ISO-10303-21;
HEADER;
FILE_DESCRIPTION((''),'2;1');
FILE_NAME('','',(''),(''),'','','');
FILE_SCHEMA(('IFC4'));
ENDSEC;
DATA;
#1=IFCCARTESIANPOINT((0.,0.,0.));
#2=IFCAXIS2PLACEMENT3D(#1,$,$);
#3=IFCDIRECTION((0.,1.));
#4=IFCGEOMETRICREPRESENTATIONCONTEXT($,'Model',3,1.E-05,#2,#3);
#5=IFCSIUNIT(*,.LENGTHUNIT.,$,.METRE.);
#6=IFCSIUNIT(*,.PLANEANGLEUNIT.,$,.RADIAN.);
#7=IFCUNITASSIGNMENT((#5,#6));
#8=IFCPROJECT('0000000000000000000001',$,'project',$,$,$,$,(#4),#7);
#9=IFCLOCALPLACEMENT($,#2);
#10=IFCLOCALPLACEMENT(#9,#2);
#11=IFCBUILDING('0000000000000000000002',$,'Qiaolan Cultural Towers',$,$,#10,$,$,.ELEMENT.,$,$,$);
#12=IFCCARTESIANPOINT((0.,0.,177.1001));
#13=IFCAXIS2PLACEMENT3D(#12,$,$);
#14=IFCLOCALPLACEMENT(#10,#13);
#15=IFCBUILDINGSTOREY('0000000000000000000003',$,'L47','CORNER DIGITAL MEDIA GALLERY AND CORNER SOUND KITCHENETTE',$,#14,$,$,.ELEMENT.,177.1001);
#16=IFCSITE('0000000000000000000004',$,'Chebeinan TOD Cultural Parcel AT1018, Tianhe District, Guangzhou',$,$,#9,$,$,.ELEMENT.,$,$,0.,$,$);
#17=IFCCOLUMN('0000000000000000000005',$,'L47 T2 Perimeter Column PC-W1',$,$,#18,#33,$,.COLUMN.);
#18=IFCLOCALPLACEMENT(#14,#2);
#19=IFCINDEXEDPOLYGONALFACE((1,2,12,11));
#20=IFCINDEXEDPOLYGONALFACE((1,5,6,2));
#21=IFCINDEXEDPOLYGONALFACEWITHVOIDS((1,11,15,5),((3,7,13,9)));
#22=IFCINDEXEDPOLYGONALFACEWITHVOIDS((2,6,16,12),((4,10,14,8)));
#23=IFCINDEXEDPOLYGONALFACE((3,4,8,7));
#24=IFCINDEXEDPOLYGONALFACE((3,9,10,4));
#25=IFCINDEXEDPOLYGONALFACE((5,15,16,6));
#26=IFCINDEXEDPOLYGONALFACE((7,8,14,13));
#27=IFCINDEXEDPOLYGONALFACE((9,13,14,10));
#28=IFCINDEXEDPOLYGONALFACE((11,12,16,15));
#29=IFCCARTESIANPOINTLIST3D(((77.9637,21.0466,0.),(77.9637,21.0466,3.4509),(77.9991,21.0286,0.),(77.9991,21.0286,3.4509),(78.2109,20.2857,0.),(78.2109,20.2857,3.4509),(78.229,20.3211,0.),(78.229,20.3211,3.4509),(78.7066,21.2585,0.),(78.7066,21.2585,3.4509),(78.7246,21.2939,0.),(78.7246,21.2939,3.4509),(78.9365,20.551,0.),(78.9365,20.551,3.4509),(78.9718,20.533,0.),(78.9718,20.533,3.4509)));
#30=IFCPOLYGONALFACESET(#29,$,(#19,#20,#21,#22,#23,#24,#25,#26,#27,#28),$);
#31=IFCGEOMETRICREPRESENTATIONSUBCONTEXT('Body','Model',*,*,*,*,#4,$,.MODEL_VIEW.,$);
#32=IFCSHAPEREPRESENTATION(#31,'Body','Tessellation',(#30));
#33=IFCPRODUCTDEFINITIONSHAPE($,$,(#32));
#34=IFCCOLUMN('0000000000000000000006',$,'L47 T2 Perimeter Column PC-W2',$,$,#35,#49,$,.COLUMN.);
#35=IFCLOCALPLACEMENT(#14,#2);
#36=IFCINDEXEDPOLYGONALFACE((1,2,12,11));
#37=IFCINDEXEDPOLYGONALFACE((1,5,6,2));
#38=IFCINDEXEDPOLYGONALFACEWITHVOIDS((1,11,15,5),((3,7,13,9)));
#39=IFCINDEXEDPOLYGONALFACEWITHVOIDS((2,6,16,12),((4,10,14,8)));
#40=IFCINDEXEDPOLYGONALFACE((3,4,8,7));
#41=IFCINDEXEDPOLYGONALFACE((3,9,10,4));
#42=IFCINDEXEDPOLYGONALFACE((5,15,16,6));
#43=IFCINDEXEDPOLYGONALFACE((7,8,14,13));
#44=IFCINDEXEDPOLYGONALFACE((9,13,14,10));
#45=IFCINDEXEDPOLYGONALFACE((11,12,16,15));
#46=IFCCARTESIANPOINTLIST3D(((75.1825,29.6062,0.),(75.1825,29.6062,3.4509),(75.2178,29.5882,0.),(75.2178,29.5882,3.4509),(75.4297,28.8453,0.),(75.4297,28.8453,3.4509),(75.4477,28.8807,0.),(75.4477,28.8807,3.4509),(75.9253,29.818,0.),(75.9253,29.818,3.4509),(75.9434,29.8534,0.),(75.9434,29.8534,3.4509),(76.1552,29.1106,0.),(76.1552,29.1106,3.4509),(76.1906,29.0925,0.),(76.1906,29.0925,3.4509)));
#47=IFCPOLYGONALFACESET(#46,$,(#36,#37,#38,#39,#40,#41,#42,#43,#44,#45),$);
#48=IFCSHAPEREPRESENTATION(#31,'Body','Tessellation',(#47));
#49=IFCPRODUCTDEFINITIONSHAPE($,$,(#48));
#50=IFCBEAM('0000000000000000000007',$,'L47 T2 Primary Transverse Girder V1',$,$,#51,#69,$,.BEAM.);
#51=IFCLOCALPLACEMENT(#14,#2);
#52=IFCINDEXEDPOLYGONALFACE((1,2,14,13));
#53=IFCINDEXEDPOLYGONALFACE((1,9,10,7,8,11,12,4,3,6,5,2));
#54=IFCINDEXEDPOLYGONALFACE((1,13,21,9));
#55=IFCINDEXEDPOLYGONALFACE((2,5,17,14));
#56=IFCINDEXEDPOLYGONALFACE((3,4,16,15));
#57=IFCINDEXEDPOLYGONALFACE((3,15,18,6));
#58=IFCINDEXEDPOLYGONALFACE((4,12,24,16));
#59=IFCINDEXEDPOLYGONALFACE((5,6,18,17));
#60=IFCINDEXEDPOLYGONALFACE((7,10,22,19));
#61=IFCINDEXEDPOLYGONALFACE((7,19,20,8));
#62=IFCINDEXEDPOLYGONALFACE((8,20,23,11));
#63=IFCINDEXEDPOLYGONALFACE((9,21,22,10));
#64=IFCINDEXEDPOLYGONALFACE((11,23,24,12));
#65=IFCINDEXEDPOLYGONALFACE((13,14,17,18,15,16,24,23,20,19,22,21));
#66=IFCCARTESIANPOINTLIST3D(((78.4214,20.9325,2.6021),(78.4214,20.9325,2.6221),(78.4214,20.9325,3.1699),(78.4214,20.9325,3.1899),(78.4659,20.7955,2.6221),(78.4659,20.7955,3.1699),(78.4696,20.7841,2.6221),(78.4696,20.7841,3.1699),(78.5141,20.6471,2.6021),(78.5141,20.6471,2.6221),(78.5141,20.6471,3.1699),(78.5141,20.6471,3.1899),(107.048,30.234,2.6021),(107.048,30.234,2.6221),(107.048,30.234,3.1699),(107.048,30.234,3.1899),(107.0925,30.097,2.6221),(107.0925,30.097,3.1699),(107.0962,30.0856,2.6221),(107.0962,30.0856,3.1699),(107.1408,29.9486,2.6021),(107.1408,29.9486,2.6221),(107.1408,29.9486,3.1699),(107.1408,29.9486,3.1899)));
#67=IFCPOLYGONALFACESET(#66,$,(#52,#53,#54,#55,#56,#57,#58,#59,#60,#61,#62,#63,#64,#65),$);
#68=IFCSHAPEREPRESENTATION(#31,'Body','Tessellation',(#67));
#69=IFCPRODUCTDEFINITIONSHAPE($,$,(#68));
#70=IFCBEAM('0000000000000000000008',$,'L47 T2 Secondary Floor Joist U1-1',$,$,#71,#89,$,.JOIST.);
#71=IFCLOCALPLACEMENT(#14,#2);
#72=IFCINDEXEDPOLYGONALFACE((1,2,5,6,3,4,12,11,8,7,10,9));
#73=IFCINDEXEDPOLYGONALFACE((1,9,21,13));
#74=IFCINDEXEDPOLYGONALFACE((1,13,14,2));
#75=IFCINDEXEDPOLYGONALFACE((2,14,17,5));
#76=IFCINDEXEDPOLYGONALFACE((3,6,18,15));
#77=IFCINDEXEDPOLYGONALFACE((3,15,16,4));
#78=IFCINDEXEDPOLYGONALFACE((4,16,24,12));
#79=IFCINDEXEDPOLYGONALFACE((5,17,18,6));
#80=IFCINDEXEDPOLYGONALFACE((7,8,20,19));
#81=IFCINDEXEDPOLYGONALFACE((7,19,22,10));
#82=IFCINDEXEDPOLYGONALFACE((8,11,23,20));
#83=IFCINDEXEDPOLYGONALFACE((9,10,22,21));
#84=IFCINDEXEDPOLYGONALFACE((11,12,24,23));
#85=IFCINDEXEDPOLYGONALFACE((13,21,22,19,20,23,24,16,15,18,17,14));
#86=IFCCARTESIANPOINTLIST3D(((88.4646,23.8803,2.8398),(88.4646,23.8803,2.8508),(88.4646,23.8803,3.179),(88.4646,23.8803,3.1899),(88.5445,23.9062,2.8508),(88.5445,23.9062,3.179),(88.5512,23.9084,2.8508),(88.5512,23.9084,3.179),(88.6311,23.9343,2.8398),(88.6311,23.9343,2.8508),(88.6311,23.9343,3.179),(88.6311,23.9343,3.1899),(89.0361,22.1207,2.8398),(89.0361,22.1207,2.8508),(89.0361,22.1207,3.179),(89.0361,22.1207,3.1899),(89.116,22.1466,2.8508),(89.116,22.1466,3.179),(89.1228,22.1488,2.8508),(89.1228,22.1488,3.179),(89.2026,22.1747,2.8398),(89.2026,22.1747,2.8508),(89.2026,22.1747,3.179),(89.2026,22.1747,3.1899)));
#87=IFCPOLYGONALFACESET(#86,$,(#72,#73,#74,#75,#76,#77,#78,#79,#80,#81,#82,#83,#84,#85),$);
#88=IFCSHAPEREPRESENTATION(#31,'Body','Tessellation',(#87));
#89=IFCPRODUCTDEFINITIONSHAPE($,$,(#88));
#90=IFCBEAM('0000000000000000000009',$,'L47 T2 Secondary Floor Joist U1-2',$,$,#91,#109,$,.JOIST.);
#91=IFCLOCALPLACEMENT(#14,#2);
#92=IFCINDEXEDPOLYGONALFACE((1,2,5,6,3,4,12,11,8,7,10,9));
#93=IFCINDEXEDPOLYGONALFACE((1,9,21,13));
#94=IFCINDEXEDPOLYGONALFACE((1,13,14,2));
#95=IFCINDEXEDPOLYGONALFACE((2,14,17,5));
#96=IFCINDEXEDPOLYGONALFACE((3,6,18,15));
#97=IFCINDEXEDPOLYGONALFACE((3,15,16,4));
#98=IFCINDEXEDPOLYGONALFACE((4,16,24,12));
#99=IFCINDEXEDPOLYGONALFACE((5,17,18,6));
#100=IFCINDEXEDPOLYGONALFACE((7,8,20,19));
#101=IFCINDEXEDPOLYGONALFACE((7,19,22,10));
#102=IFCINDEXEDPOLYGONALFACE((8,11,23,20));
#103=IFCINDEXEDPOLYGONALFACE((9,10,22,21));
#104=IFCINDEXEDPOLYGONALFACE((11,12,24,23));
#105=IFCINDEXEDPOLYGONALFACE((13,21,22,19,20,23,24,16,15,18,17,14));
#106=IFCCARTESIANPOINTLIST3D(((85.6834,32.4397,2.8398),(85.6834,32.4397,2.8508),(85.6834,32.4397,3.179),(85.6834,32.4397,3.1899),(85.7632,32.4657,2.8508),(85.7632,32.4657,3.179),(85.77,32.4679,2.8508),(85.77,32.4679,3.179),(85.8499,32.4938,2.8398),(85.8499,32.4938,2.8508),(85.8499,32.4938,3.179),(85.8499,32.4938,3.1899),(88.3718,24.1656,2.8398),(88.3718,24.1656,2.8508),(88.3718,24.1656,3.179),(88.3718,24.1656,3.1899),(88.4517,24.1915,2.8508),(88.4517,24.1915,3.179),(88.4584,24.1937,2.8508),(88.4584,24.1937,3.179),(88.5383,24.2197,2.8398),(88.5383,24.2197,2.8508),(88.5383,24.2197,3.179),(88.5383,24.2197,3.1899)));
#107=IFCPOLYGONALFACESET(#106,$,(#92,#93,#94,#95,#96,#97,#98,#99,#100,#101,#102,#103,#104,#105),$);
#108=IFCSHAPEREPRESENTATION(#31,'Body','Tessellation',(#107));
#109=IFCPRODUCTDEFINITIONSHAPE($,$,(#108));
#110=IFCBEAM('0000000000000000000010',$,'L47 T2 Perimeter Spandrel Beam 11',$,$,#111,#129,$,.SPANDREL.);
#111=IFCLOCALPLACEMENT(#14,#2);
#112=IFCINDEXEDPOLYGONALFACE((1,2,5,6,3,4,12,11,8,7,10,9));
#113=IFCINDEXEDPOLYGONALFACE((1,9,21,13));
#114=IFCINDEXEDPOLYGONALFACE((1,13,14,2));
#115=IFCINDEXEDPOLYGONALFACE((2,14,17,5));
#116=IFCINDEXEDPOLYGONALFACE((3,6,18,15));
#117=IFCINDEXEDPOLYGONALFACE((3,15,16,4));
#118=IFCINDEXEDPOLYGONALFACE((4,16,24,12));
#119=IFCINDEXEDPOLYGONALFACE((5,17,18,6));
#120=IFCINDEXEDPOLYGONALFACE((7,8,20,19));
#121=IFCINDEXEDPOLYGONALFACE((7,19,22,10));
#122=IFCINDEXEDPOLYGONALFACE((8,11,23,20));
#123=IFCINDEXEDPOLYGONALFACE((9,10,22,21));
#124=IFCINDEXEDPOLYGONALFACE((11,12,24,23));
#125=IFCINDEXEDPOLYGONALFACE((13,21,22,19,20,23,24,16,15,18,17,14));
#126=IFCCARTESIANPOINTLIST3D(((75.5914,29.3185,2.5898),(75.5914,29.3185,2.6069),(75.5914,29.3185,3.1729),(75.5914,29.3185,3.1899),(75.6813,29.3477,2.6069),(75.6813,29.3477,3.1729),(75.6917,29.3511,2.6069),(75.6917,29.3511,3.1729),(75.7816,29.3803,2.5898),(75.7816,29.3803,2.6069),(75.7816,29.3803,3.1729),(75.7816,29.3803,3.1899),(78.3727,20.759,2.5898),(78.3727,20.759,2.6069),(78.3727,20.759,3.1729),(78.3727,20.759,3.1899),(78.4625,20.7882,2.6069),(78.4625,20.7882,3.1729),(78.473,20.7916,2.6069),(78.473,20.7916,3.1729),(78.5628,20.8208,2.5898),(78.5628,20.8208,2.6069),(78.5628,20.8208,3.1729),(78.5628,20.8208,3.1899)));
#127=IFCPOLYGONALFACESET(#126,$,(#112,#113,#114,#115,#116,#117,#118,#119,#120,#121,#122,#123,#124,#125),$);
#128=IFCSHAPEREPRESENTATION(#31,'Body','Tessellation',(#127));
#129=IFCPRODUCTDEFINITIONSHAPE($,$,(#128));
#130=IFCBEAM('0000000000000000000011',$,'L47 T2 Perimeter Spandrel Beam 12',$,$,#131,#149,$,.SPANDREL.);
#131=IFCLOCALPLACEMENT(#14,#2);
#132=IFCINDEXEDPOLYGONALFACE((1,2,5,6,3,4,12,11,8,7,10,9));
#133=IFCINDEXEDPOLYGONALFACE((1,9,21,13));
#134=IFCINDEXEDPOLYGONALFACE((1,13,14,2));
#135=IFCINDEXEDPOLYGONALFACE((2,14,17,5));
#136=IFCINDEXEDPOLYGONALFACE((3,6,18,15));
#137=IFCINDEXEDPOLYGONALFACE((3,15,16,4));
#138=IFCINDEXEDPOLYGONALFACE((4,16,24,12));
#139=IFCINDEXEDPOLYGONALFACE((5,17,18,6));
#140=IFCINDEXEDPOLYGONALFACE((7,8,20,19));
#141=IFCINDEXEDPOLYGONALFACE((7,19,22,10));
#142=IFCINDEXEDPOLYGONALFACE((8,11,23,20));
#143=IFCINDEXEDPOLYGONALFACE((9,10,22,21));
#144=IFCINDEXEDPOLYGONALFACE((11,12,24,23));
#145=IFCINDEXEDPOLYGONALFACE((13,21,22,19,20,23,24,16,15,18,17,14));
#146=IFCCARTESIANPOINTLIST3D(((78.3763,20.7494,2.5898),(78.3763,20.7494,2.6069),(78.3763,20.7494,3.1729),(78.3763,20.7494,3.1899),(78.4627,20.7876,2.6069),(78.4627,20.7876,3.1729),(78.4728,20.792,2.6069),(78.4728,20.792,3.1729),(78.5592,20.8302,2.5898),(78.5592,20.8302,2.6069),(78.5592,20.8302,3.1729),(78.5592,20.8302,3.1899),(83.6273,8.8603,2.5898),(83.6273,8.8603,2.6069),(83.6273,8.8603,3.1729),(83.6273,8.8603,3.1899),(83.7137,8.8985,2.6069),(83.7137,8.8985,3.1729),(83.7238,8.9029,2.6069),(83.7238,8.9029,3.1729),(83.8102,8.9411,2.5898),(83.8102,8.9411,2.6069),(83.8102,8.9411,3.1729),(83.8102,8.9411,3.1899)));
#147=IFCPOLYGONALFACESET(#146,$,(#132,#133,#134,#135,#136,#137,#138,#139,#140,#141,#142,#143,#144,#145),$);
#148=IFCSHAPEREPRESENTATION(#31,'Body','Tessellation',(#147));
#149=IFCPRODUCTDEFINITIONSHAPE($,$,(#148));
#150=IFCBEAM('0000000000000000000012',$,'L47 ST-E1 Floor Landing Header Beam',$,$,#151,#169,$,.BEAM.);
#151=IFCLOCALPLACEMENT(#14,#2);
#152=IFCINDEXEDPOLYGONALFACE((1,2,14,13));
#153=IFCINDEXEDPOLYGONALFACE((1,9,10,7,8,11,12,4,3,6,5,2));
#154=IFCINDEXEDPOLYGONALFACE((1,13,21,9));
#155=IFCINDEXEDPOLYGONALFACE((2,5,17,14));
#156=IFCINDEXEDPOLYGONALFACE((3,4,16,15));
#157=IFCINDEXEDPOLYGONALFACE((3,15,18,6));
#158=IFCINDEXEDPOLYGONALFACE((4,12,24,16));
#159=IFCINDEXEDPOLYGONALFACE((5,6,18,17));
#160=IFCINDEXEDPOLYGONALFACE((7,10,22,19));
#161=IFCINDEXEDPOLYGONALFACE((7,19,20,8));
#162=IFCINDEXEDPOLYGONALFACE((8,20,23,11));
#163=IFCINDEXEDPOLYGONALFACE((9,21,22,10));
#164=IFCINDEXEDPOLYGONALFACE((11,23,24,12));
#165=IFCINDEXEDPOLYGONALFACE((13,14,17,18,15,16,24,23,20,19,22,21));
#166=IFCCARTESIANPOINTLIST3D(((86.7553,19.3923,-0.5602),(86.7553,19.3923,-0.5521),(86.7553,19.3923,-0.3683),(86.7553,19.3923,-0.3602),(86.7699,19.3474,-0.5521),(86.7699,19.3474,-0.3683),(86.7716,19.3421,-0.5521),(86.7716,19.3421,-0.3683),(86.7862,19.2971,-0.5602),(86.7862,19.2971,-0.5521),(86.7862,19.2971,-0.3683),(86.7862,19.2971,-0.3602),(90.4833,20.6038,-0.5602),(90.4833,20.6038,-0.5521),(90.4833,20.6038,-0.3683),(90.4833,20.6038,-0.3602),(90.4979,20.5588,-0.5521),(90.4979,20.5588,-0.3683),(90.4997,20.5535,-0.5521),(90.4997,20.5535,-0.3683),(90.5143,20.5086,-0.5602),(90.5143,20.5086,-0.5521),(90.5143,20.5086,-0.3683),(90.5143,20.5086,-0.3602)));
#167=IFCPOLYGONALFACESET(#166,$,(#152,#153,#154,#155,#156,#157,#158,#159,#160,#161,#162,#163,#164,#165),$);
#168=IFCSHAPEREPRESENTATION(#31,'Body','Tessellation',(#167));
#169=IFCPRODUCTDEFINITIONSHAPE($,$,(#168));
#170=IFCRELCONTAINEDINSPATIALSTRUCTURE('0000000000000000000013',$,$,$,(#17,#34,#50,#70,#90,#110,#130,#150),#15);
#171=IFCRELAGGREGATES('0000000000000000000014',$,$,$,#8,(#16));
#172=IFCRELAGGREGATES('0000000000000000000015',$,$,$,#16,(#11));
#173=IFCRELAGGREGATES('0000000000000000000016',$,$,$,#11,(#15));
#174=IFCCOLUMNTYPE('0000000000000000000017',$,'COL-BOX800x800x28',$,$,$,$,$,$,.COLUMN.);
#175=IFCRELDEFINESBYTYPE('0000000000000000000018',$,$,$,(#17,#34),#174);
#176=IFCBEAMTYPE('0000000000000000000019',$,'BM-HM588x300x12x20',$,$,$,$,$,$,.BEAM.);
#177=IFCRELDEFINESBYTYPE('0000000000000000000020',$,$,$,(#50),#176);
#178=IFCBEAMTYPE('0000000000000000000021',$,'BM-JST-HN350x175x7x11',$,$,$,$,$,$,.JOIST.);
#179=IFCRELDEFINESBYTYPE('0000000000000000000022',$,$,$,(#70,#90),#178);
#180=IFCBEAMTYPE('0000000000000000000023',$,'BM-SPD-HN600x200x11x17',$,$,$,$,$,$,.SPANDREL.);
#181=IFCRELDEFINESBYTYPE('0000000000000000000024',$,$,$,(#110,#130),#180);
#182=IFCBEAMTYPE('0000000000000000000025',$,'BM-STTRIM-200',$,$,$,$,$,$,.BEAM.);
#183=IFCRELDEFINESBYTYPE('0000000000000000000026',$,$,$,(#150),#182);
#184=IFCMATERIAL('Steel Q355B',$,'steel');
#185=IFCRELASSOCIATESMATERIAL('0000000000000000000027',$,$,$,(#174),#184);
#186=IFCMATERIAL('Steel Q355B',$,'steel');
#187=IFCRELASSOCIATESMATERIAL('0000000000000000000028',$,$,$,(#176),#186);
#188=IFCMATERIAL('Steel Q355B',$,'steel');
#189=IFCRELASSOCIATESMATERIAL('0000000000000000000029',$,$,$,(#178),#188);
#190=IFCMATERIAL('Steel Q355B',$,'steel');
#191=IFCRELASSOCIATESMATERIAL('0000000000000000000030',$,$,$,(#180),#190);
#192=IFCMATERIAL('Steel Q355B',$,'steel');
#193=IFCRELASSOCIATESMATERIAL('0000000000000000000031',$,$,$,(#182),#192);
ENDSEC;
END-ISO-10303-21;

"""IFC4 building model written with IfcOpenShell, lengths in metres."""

from ifc_helpers import new_model, si_unit, direction, frame, origin, origin_2d, place, context, subcontext, project, spatial, hollow_rectangle, i_section, extrude, material, material_profile, profile_set, type_object, element, save


model = new_model("IFC4")

# Units and contexts
model_context = context("Model", 3, precision=1e-05, world=origin(), true_north=direction((0.0, 1.0)))
body_context = subcontext(model_context, "Body", "Model", "MODEL_VIEW")
ifc_project = project(units=[si_unit("LENGTHUNIT", "METRE"), si_unit("PLANEANGLEUNIT", "RADIAN")], contexts=[model_context])

# Site, building, storey
site_placement = place(None, origin())
site = spatial("IfcSite", under=ifc_project, at=site_placement, Name="Chebeinan TOD Cultural Parcel AT1018, Tianhe District, Guangzhou", CompositionType="ELEMENT", RefElevation=0.0)
building_placement = place(site_placement, origin())
building = spatial("IfcBuilding", under=site, at=building_placement, Name="Qiaolan Cultural Towers", CompositionType="ELEMENT")
storey_placement = place(building_placement, frame((0.0, 0.0, 177.1001)))
storey = spatial("IfcBuildingStorey", under=building, at=storey_placement, Name="L47", Description="CORNER DIGITAL MEDIA GALLERY AND CORNER SOUND KITCHENETTE", CompositionType="ELEMENT", Elevation=177.1001)

# Columns
ifc_material_1 = material(Name="Steel Q355B", Category="steel")
ifc_material_profile_1 = material_profile(ifc_material_1, hollow_rectangle(XDim=0.8, YDim=0.8, WallThickness=0.0281, at=origin_2d()), Name="BOX800x800x28")
ifc_profile_set_1 = profile_set([ifc_material_profile_1], Name="Steel Q355B")
column_type = type_object("IfcColumnType", Name="COL-BOX800x800x28", PredefinedType="COLUMN", material=ifc_profile_set_1)
for number, where, z_axis, x_axis, name in (
    (1, (78.4678, 20.7898, 0.0), (0.0, 0.0, 1.0), (0.951057, 0.309017, 0.0), "L47 T2 Perimeter Column PC-W1"),
    (2, (75.6865, 29.3494, 0.0), (0.0, 0.0, 1.0), (0.951057, 0.309017, 0.0), "L47 T2 Perimeter Column PC-W2"),
):
    element("IfcColumn", number, at=place(storey_placement, frame(where, z_axis=z_axis, x_axis=x_axis)), inside=storey, type_object=column_type, Name=name, PredefinedType="COLUMN", context=body_context, shape_type="SweptSolid", body=[
        extrude(hollow_rectangle(XDim=0.8, YDim=0.8, WallThickness=0.0281, at=origin_2d()), origin(), (0.0, 0.0, 1.0), 3.4509),
    ])

# Beams
ifc_material_2 = material(Name="Steel Q355B", Category="steel")
ifc_material_profile_2 = material_profile(ifc_material_2, i_section(OverallWidth=0.3, OverallDepth=0.5879, WebThickness=0.012, FlangeThickness=0.02, at=origin_2d()), Name="HM588x300x12x20")
ifc_profile_set_2 = profile_set([ifc_material_profile_2], Name="Steel Q355B")
beam_type_1 = type_object("IfcBeamType", Name="BM-HM588x300x12x20", PredefinedType="BEAM", material=ifc_profile_set_2)
beam_1_placement = place(storey_placement, frame((78.4678, 20.7898, 2.896), z_axis=(0.951055, 0.309021, 0.0), x_axis=(-0.309021, 0.951055, 0.0)))
element("IfcBeam", 3, at=beam_1_placement, inside=storey, type_object=beam_type_1, Name="L47 T2 Primary Transverse Girder V1", PredefinedType="BEAM", context=body_context, shape_type="SweptSolid", body=[
    extrude(i_section(OverallWidth=0.3, OverallDepth=0.5879, WebThickness=0.012, FlangeThickness=0.02, at=origin_2d()), origin(), (0.0, 0.0, 1.0), 30.0999),
])
ifc_material_3 = material(Name="Steel Q355B", Category="steel")
ifc_material_profile_3 = material_profile(ifc_material_3, i_section(OverallWidth=0.175, OverallDepth=0.3501, WebThickness=0.0071, FlangeThickness=0.011, at=origin_2d()), Name="HN350x175x7x11")
ifc_profile_set_3 = profile_set([ifc_material_profile_3], Name="Steel Q355B")
beam_type_2 = type_object("IfcBeamType", Name="BM-JST-HN350x175x7x11", PredefinedType="JOIST", material=ifc_profile_set_3)
beam_2_placement = place(storey_placement, frame((89.1194, 22.1477, 3.0149), z_axis=(-0.308934, 0.951084, 0.0), x_axis=(-0.951084, -0.308934, 0.0)))
element("IfcBeam", 4, at=beam_2_placement, inside=storey, type_object=beam_type_2, Name="L47 T2 Secondary Floor Joist U1-1", PredefinedType="JOIST", context=body_context, shape_type="SweptSolid", body=[
    extrude(i_section(OverallWidth=0.175, OverallDepth=0.3501, WebThickness=0.0071, FlangeThickness=0.011, at=origin_2d()), origin(), (0.0, 0.0, 1.0), 1.8501),
])
beam_3_placement = place(storey_placement, frame((88.4551, 24.1926, 3.0149), z_axis=(-0.309021, 0.951055, 0.0), x_axis=(-0.951055, -0.309021, 0.0)))
element("IfcBeam", 5, at=beam_3_placement, inside=storey, type_object=beam_type_2, Name="L47 T2 Secondary Floor Joist U1-2", PredefinedType="JOIST", context=body_context, shape_type="SweptSolid", body=[
    extrude(i_section(OverallWidth=0.175, OverallDepth=0.3501, WebThickness=0.0071, FlangeThickness=0.011, at=origin_2d()), origin(), (0.0, 0.0, 1.0), 8.7),
])
ifc_material_4 = material(Name="Steel Q355B", Category="steel")
ifc_material_profile_4 = material_profile(ifc_material_4, i_section(OverallWidth=0.2, OverallDepth=0.6001, WebThickness=0.011, FlangeThickness=0.0171, at=origin_2d()), Name="HN600x200x11x17")
ifc_profile_set_4 = profile_set([ifc_material_profile_4], Name="Steel Q355B")
beam_type_3 = type_object("IfcBeamType", Name="BM-SPD-HN600x200x11x17", PredefinedType="SPANDREL", material=ifc_profile_set_4)
beam_4_placement = place(storey_placement, frame((75.6865, 29.3494, 2.8899), z_axis=(0.309025, -0.951054, 0.0), x_axis=(0.951054, 0.309025, 0.0)))
element("IfcBeam", 6, at=beam_4_placement, inside=storey, type_object=beam_type_3, Name="L47 T2 Perimeter Spandrel Beam 11", PredefinedType="SPANDREL", context=body_context, shape_type="SweptSolid", body=[
    extrude(i_section(OverallWidth=0.2, OverallDepth=0.6001, WebThickness=0.011, FlangeThickness=0.0171, at=origin_2d()), origin(), (0.0, 0.0, 1.0), 9.0),
])
beam_5_placement = place(storey_placement, frame((78.4678, 20.7898, 2.8899), z_axis=(0.404011, -0.914754, 0.0), x_axis=(0.914754, 0.404011, 0.0)))
element("IfcBeam", 7, at=beam_5_placement, inside=storey, type_object=beam_type_3, Name="L47 T2 Perimeter Spandrel Beam 12", PredefinedType="SPANDREL", context=body_context, shape_type="SweptSolid", body=[
    extrude(i_section(OverallWidth=0.2, OverallDepth=0.6001, WebThickness=0.011, FlangeThickness=0.0171, at=origin_2d()), origin(), (0.0, 0.0, 1.0), 12.9971),
])
ifc_material_5 = material(Name="Steel Q355B", Category="steel")
ifc_material_profile_5 = material_profile(ifc_material_5, i_section(OverallWidth=0.1001, OverallDepth=0.2, WebThickness=0.0056, FlangeThickness=0.0081, at=origin_2d()), Name="HN200x100x5.5x8")
ifc_profile_set_5 = profile_set([ifc_material_profile_5], Name="Steel Q355B")
beam_type_4 = type_object("IfcBeamType", Name="BM-STTRIM-200", PredefinedType="BEAM", material=ifc_profile_set_5)
beam_6_placement = place(storey_placement, frame((86.7708, 19.3447, -0.4602), z_axis=(0.951048, 0.309044, 0.0), x_axis=(-0.309044, 0.951048, 0.0)))
element("IfcBeam", 8, at=beam_6_placement, inside=storey, type_object=beam_type_4, Name="L47 ST-E1 Floor Landing Header Beam", PredefinedType="BEAM", context=body_context, shape_type="SweptSolid", body=[
    extrude(i_section(OverallWidth=0.1001, OverallDepth=0.2, WebThickness=0.0056, FlangeThickness=0.0081, at=origin_2d()), origin(), (0.0, 0.0, 1.0), 3.9199),
])

save(model, "model.ifc")
